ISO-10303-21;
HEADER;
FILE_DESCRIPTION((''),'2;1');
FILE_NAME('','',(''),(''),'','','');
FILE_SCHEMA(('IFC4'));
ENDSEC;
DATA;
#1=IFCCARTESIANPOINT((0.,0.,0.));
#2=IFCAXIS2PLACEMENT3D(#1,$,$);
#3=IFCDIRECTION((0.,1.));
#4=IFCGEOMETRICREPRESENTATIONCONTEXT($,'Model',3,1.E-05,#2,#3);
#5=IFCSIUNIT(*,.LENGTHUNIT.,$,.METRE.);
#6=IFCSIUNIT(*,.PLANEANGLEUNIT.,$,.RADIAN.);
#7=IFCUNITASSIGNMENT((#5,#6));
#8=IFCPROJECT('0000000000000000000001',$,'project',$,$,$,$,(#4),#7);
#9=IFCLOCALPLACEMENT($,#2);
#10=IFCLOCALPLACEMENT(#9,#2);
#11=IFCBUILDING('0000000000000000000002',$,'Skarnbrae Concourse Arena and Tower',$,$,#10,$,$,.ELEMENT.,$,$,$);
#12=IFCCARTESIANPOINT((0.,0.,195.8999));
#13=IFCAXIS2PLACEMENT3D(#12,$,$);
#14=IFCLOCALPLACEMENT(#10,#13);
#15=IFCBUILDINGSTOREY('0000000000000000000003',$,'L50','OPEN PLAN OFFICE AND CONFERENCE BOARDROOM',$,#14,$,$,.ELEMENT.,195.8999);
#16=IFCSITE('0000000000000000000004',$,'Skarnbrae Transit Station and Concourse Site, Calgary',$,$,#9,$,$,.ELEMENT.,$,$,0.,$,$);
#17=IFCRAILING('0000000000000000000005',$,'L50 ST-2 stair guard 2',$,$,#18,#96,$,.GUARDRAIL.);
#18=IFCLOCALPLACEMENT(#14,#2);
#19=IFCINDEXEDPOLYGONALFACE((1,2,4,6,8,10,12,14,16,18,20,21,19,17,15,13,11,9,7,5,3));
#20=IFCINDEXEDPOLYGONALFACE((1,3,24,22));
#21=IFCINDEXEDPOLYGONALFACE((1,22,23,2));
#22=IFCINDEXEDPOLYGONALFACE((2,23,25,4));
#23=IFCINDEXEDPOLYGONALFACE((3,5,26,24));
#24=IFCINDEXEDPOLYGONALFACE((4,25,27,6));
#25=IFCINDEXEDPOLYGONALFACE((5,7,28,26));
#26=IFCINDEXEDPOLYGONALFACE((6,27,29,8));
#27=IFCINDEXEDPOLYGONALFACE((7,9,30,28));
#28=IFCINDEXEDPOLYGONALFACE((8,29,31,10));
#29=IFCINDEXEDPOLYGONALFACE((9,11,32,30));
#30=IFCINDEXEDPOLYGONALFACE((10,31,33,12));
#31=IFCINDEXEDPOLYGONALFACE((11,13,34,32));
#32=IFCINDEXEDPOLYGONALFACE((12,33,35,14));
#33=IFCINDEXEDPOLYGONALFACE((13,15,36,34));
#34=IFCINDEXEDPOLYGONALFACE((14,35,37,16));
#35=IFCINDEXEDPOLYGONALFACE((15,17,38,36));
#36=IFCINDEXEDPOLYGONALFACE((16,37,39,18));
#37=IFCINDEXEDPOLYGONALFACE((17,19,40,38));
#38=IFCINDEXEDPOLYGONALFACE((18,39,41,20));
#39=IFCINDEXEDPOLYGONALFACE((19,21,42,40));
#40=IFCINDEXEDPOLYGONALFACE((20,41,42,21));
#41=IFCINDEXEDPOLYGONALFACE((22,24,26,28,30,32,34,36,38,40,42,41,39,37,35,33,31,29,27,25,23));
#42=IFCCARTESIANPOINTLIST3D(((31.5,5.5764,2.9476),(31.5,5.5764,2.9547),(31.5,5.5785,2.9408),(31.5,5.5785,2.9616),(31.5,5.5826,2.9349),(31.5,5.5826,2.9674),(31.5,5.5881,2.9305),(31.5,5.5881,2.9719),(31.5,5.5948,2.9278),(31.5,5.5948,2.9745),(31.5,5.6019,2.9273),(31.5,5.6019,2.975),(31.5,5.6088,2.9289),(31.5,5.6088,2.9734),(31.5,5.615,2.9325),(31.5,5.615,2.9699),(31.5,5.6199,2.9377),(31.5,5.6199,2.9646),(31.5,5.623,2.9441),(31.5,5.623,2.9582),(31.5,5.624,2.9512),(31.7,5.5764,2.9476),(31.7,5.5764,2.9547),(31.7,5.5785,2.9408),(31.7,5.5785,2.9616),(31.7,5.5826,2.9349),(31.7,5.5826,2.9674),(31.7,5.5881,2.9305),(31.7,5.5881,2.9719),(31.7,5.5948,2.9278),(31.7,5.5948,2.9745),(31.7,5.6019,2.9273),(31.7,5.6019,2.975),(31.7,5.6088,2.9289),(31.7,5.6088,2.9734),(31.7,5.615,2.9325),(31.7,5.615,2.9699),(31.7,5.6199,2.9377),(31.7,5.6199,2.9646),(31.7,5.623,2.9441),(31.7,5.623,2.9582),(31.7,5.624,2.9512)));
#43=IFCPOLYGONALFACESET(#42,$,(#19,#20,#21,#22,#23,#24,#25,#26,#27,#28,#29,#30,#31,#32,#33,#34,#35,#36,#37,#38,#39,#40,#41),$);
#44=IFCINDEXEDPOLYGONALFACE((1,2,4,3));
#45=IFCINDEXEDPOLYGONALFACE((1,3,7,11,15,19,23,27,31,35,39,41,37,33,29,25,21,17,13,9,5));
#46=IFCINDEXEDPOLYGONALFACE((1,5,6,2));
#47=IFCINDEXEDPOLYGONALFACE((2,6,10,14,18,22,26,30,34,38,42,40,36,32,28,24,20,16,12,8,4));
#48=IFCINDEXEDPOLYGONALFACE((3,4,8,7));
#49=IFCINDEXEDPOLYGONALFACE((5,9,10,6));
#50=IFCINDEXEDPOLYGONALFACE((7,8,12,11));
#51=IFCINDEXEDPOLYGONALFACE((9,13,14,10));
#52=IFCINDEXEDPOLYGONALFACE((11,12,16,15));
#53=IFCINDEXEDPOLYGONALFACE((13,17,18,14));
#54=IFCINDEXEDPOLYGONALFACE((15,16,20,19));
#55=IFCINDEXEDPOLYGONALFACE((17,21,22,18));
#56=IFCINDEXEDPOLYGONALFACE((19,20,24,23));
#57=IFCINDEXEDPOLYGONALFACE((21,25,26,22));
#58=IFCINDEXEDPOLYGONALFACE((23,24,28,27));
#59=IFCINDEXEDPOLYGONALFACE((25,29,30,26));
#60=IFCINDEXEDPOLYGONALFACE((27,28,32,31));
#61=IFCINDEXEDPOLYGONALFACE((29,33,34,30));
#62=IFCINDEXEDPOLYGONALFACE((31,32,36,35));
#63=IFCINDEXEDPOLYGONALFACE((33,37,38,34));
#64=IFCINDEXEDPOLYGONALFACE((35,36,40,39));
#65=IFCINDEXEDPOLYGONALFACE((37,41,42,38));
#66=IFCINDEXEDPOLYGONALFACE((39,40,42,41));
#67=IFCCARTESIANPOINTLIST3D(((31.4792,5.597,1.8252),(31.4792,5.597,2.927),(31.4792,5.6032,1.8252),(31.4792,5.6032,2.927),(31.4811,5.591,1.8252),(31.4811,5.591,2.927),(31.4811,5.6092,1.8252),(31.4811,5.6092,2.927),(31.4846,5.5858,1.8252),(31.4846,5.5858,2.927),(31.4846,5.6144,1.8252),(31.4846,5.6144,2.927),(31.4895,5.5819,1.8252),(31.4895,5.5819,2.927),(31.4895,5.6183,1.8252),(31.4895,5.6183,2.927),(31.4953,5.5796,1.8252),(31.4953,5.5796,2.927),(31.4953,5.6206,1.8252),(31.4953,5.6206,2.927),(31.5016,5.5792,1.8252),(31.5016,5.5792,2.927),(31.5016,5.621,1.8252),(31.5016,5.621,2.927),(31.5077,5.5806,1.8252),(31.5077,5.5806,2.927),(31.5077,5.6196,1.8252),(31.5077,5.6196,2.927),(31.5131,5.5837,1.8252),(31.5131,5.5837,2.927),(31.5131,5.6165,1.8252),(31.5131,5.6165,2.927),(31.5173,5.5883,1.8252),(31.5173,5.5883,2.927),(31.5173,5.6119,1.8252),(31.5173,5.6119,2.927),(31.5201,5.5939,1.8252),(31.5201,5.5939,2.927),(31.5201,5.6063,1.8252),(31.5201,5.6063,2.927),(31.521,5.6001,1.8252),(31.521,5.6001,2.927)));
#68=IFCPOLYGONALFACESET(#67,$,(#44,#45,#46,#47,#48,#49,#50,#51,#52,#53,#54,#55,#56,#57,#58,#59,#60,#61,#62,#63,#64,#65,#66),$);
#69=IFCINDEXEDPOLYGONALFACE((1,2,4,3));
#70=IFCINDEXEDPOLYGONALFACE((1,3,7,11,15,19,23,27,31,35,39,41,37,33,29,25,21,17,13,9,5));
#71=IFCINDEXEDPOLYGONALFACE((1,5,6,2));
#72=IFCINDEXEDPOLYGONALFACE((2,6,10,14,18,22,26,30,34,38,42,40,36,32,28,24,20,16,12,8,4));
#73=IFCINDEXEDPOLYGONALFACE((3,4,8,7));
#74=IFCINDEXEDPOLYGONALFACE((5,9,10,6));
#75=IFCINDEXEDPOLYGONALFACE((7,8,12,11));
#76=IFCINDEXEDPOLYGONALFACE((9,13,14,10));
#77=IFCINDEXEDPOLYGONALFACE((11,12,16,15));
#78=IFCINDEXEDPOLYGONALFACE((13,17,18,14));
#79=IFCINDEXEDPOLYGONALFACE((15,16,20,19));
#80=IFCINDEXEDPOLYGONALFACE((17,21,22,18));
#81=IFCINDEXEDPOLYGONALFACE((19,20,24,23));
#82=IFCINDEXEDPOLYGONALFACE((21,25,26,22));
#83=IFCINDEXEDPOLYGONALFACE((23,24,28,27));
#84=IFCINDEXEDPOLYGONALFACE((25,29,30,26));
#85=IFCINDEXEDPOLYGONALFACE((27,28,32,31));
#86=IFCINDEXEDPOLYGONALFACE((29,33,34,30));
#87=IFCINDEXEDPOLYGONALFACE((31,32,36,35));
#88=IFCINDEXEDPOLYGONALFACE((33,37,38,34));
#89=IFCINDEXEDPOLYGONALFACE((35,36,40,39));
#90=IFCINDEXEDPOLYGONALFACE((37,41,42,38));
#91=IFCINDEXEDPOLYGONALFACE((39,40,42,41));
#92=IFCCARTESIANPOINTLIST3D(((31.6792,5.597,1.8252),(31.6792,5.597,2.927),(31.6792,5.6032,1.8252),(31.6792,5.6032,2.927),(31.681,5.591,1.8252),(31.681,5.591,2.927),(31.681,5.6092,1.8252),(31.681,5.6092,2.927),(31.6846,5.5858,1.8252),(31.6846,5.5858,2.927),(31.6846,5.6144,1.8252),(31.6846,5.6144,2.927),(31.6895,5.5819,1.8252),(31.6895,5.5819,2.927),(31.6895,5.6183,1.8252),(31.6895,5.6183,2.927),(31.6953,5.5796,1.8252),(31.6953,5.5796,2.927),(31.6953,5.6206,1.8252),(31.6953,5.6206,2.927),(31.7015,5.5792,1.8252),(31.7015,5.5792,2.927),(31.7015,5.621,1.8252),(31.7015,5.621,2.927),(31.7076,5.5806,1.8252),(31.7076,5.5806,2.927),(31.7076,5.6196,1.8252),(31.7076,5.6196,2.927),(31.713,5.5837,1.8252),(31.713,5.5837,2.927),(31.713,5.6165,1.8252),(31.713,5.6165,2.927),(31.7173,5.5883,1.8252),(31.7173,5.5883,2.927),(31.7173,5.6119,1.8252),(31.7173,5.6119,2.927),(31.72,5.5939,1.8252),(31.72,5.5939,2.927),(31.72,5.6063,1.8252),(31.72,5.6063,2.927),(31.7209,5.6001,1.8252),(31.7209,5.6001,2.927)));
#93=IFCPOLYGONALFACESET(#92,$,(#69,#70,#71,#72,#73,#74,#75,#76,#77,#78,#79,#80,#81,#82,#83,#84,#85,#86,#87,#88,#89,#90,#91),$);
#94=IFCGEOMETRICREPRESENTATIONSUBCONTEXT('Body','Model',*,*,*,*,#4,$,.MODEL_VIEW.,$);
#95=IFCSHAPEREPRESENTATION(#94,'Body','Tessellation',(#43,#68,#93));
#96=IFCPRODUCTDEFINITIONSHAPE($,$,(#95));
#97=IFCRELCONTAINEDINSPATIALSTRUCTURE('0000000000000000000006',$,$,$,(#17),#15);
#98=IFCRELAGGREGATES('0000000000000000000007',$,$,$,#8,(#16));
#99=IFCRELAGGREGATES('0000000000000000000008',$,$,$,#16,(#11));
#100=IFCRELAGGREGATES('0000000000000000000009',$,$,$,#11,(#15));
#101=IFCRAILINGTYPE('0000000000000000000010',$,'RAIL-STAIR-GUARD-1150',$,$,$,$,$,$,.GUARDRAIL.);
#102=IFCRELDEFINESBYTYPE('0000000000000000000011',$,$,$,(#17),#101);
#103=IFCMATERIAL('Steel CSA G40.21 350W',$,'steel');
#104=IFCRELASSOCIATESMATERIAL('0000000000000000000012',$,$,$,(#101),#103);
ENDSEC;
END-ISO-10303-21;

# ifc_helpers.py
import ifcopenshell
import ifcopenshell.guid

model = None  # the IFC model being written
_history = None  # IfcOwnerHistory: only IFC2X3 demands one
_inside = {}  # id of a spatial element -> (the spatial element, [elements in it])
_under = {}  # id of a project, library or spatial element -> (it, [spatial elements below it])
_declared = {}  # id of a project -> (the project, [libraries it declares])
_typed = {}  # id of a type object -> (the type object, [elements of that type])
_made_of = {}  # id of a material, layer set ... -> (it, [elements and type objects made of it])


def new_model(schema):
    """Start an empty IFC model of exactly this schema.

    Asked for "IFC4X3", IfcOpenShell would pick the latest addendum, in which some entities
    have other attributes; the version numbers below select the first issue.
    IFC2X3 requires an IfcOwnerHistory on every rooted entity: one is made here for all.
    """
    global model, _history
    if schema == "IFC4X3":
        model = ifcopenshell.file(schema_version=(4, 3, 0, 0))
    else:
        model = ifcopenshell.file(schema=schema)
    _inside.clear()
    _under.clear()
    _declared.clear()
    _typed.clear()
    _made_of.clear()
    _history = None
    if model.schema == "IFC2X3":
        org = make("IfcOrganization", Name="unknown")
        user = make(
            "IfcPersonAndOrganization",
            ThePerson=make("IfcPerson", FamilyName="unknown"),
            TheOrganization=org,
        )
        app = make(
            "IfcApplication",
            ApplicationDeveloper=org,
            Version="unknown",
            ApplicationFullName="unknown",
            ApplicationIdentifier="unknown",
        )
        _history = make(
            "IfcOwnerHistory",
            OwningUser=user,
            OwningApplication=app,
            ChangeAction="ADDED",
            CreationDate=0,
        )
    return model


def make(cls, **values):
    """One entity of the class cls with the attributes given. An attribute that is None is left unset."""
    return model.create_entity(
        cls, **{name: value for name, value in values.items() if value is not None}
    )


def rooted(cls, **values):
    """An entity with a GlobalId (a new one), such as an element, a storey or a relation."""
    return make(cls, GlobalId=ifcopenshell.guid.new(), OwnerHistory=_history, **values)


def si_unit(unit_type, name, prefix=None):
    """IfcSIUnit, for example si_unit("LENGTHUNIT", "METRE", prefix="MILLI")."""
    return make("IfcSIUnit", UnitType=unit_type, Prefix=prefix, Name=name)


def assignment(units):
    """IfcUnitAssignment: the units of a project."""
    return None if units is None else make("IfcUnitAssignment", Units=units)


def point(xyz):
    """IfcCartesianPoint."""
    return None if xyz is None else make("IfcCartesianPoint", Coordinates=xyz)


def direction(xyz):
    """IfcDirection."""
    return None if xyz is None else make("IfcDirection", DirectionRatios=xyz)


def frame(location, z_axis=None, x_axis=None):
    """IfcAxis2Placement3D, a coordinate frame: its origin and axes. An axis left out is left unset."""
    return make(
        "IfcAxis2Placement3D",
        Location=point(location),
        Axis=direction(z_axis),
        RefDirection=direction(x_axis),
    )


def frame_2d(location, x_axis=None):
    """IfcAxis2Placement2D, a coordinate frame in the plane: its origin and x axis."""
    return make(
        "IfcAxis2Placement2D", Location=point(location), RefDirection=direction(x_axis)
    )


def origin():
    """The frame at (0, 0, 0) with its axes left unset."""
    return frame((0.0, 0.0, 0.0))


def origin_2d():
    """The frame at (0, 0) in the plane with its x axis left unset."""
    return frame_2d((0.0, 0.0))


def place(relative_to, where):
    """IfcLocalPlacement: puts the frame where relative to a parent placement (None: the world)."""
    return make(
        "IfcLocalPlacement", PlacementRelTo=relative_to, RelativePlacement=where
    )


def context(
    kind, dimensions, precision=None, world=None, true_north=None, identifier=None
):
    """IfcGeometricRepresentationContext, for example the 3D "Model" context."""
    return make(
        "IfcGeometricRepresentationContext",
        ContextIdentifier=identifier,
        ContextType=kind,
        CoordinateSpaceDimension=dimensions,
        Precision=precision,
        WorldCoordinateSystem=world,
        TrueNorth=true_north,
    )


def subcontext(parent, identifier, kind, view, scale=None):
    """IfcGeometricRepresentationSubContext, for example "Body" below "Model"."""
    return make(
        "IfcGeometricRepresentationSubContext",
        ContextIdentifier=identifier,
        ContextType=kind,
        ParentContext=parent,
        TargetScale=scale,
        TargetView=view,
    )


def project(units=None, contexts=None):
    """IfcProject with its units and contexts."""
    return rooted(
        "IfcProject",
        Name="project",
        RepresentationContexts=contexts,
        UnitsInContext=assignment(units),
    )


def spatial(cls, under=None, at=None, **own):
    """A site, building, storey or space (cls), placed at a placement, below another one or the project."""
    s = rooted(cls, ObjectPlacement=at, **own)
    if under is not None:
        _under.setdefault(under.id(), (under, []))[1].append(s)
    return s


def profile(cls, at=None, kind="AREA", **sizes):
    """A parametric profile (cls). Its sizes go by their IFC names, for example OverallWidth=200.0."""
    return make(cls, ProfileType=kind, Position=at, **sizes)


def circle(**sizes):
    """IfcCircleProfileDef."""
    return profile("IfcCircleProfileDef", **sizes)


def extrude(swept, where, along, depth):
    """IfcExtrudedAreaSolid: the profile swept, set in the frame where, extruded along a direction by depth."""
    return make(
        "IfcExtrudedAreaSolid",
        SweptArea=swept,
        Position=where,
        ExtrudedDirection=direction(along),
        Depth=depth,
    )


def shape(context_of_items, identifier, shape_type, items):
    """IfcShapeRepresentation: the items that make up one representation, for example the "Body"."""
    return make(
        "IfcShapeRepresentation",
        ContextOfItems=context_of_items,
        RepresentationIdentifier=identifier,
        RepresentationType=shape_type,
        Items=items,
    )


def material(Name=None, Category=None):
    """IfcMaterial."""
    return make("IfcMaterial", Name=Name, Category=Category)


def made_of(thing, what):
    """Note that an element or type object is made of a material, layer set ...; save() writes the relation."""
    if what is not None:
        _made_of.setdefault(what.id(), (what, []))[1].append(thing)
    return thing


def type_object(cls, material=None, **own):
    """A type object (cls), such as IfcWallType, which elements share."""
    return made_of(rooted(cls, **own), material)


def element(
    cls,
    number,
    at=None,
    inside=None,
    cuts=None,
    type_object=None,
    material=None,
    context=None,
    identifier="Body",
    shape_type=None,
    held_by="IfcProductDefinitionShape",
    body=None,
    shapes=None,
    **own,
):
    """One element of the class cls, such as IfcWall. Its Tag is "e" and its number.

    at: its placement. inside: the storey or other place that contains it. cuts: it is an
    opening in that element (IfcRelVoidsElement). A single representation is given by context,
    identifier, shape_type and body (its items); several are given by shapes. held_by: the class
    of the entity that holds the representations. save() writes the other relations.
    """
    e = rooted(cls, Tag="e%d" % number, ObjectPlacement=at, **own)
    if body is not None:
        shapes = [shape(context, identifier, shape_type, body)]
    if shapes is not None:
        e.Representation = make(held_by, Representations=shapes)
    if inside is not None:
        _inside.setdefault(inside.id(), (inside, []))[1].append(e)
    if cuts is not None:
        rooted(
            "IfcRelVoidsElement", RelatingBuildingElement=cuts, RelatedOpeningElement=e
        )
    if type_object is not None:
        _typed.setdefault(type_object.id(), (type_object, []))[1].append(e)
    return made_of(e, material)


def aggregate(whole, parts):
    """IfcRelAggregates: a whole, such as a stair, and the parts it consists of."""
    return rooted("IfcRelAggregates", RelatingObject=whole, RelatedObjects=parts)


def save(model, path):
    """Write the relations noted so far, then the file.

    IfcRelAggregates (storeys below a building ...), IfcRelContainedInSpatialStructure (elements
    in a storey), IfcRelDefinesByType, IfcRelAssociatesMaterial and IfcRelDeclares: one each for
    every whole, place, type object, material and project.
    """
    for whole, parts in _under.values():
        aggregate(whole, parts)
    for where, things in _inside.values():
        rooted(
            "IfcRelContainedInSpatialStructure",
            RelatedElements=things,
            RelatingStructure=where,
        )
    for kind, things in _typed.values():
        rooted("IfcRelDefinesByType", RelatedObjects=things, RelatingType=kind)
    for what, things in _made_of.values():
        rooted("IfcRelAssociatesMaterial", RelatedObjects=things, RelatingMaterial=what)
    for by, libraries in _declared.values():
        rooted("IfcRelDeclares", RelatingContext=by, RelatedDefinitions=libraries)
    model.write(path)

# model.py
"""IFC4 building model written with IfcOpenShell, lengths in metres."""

from ifc_helpers import new_model, si_unit, direction, frame, origin, origin_2d, place, context, subcontext, project, spatial, circle, extrude, material, type_object, element, save


model = new_model("IFC4")

# Units and contexts
model_context = context("Model", 3, precision=1e-05, world=origin(), true_north=direction((0.0, 1.0)))
body_context = subcontext(model_context, "Body", "Model", "MODEL_VIEW")
ifc_project = project(units=[si_unit("LENGTHUNIT", "METRE"), si_unit("PLANEANGLEUNIT", "RADIAN")], contexts=[model_context])

# Site, building, storey
site_placement = place(None, origin())
site = spatial("IfcSite", under=ifc_project, at=site_placement, Name="Skarnbrae Transit Station and Concourse Site, Calgary", CompositionType="ELEMENT", RefElevation=0.0)
building_placement = place(site_placement, origin())
building = spatial("IfcBuilding", under=site, at=building_placement, Name="Skarnbrae Concourse Arena and Tower", CompositionType="ELEMENT")
storey_placement = place(building_placement, frame((0.0, 0.0, 195.8999)))
storey = spatial("IfcBuildingStorey", under=building, at=storey_placement, Name="L50", Description="OPEN PLAN OFFICE AND CONFERENCE BOARDROOM", CompositionType="ELEMENT", Elevation=195.8999)

# Shared definitions
ifc_material_1 = material(Name="Steel CSA G40.21 350W", Category="steel")

# Railing
railing_type_1 = type_object("IfcRailingType", Name="RAIL-STAIR-GUARD-1150", PredefinedType="GUARDRAIL", material=ifc_material_1)
railing_1_placement = place(storey_placement, frame((31.5, 5.6001, 1.8252)))
element("IfcRailing", 1, at=railing_1_placement, inside=storey, type_object=railing_type_1, Name="L50 ST-2 stair guard 2", PredefinedType="GUARDRAIL", context=body_context, shape_type="SweptSolid", body=[
    extrude(circle(Radius=0.0239, at=origin_2d()), frame((0.0, 0.0, 1.126), z_axis=(1.0, 0.0, 0.0), x_axis=(0.0, 1.0, 0.0)), (0.0, 0.0, 1.0), 0.2),
    extrude(circle(Radius=0.021, at=origin_2d()), origin(), (0.0, 0.0, 1.0), 1.1018),
    extrude(circle(Radius=0.021, at=origin_2d()), frame((0.2, 0.0, 0.0)), (0.0, 0.0, 1.0), 1.1018),
])

save(model, "model.ifc")
